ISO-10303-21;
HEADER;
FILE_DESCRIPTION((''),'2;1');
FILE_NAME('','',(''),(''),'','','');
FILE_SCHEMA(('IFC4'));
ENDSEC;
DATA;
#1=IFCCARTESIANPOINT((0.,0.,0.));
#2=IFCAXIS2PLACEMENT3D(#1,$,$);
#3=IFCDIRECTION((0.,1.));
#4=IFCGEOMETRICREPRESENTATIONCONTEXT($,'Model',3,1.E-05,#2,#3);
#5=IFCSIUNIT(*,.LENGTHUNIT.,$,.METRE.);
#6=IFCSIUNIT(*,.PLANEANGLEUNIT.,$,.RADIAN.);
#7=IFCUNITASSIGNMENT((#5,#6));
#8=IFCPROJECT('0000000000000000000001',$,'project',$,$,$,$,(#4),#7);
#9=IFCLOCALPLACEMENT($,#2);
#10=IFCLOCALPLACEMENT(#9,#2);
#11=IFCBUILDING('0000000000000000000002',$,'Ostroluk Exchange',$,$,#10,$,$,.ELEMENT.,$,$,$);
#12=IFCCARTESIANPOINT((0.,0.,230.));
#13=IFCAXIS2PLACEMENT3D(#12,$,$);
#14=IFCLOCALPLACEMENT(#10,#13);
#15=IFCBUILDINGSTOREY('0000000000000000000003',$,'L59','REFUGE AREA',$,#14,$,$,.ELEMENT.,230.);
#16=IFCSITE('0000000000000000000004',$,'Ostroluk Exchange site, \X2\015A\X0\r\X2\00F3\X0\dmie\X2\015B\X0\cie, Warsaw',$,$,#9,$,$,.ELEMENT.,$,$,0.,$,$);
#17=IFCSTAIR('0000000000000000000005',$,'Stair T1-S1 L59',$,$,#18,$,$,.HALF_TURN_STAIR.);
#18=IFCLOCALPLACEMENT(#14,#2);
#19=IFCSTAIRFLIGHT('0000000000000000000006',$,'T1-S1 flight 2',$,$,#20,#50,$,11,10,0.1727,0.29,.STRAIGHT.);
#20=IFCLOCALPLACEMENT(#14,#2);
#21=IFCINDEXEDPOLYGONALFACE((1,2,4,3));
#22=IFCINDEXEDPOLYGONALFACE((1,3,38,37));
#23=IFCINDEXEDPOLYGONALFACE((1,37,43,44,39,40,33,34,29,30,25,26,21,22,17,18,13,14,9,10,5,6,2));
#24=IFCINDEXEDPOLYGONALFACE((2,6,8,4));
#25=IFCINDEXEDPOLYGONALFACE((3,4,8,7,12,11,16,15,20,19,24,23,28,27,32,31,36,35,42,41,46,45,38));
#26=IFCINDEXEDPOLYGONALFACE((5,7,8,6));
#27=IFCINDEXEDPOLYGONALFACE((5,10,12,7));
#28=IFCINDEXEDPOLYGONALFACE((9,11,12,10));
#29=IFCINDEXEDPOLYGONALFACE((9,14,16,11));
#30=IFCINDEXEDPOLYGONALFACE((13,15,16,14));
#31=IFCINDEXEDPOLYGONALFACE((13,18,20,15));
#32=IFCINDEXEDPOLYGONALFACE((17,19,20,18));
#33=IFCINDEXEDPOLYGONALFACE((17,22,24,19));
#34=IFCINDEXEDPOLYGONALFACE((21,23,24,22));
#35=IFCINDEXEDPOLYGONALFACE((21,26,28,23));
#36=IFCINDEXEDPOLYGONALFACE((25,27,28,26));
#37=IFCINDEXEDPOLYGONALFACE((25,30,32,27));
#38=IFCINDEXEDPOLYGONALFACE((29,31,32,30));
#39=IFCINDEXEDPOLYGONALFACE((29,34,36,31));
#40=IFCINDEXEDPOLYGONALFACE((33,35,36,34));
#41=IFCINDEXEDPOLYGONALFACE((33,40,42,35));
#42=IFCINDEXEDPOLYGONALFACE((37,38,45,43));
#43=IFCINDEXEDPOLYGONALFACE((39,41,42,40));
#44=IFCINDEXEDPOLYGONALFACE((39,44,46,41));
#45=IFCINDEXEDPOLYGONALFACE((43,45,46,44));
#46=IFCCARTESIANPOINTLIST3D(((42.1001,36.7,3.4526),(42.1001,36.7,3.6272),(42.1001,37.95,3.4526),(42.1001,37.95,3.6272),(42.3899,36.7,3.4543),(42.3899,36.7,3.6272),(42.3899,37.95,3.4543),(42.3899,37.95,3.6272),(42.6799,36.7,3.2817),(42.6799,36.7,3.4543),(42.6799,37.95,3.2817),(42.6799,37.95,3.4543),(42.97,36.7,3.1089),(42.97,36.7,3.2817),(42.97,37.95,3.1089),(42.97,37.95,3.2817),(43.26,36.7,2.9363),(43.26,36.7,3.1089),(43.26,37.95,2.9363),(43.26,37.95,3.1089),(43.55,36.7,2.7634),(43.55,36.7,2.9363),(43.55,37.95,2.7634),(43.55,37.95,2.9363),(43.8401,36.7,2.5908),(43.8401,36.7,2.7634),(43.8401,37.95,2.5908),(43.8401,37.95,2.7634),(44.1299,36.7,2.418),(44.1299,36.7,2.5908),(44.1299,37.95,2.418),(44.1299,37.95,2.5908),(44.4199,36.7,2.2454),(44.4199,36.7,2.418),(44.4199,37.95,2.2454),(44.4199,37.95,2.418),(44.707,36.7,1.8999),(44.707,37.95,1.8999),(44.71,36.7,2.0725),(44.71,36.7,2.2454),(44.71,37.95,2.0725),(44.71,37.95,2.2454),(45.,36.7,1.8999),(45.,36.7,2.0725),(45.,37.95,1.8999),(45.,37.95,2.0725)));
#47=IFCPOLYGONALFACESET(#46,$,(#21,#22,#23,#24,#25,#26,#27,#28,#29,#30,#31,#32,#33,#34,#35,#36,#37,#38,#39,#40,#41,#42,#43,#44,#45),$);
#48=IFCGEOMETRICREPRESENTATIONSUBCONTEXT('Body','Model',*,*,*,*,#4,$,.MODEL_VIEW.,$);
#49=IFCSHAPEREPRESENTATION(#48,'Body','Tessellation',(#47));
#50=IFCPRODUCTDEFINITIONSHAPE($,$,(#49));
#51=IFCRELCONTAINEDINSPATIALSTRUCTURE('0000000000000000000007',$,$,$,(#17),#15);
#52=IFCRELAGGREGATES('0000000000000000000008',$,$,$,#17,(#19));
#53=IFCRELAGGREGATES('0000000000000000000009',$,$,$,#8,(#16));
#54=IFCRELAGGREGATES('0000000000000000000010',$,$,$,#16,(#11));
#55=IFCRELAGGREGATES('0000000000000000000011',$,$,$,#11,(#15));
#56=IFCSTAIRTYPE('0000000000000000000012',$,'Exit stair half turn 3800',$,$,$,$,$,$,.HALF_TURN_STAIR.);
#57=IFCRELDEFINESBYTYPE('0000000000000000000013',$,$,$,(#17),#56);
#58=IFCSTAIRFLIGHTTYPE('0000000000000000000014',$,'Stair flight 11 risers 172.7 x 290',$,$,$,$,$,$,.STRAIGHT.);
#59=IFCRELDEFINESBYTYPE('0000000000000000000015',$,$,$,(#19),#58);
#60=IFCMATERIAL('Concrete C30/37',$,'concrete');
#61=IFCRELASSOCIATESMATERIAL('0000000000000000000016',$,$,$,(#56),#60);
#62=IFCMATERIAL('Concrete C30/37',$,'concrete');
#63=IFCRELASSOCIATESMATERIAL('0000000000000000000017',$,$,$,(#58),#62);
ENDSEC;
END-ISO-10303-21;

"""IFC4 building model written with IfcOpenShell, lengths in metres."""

from ifc_helpers import new_model, si_unit, direction, frame, origin, place, context, subcontext, project, spatial, polyline, outline, extrude, material, type_object, element, aggregate, save


model = new_model("IFC4")

# Units and contexts
model_context = context("Model", 3, precision=1e-05, world=origin(), true_north=direction((0.0, 1.0)))
body_context = subcontext(model_context, "Body", "Model", "MODEL_VIEW")
ifc_project = project(units=[si_unit("LENGTHUNIT", "METRE"), si_unit("PLANEANGLEUNIT", "RADIAN")], contexts=[model_context])

# Site, building, storey
site_placement = place(None, origin())
site = spatial("IfcSite", under=ifc_project, at=site_placement, Name="Ostroluk Exchange site, Śródmieście, Warsaw", CompositionType="ELEMENT", RefElevation=0.0)
building_placement = place(site_placement, origin())
building = spatial("IfcBuilding", under=site, at=building_placement, Name="Ostroluk Exchange", CompositionType="ELEMENT")
storey_placement = place(building_placement, frame((0.0, 0.0, 230.0)))
storey = spatial("IfcBuildingStorey", under=building, at=storey_placement, Name="L59", Description="REFUGE AREA", CompositionType="ELEMENT", Elevation=230.0)

# Stair, stair flight
ifc_material_1 = material(Name="Concrete C30/37", Category="concrete")
stair_type = type_object("IfcStairType", Name="Exit stair half turn 3800", PredefinedType="HALF_TURN_STAIR", material=ifc_material_1)
stair_placement = place(storey_placement, origin())
stair = element("IfcStair", 1, at=stair_placement, inside=storey, type_object=stair_type, Name="Stair T1-S1 L59", PredefinedType="HALF_TURN_STAIR")
ifc_material_2 = material(Name="Concrete C30/37", Category="concrete")
stair_flight_type = type_object("IfcStairFlightType", Name="Stair flight 11 risers 172.7 x 290", PredefinedType="STRAIGHT", material=ifc_material_2)
stair_flight_placement = place(storey_placement, frame((45.0, 37.325, 1.8999), z_axis=(0.0, 0.0, 1.0), x_axis=(-1.0, 0.0, 0.0)))
stair_flight = element("IfcStairFlight", 2, at=stair_flight_placement, type_object=stair_flight_type, Name="T1-S1 flight 2", NumberOfRisers=11, NumberOfTreads=10, PredefinedType="STRAIGHT", RiserHeight=0.1727, TreadLength=0.29, context=body_context, shape_type="SweptSolid", body=[
    extrude(outline(polyline([(0.0, 0.0), (0.0, 0.1726), (0.29, 0.1726), (0.29, 0.3455), (0.5801, 0.3455), (0.5801, 0.5181), (0.8701, 0.5181), (0.8701, 0.6909), (1.1599, 0.6909), (1.1599, 0.8635), (1.45, 0.8635), (1.45, 1.0364), (1.74, 1.0364), (1.74, 1.209), (2.03, 1.209), (2.03, 1.3818), (2.3201, 1.3818), (2.3201, 1.5544), (2.6101, 1.5544), (2.6101, 1.7273), (2.8999, 1.7273), (2.8999, 1.8999), (2.8999, 1.5527), (0.293, 0.0), (0.0, 0.0)])), frame((0.0, 0.625, 0.0), z_axis=(0.0, -1.0, 0.0), x_axis=(1.0, 0.0, 0.0)), (0.0, 0.0, 1.0), 1.25),
])
aggregate(stair, [stair_flight])

save(model, "model.ifc")
